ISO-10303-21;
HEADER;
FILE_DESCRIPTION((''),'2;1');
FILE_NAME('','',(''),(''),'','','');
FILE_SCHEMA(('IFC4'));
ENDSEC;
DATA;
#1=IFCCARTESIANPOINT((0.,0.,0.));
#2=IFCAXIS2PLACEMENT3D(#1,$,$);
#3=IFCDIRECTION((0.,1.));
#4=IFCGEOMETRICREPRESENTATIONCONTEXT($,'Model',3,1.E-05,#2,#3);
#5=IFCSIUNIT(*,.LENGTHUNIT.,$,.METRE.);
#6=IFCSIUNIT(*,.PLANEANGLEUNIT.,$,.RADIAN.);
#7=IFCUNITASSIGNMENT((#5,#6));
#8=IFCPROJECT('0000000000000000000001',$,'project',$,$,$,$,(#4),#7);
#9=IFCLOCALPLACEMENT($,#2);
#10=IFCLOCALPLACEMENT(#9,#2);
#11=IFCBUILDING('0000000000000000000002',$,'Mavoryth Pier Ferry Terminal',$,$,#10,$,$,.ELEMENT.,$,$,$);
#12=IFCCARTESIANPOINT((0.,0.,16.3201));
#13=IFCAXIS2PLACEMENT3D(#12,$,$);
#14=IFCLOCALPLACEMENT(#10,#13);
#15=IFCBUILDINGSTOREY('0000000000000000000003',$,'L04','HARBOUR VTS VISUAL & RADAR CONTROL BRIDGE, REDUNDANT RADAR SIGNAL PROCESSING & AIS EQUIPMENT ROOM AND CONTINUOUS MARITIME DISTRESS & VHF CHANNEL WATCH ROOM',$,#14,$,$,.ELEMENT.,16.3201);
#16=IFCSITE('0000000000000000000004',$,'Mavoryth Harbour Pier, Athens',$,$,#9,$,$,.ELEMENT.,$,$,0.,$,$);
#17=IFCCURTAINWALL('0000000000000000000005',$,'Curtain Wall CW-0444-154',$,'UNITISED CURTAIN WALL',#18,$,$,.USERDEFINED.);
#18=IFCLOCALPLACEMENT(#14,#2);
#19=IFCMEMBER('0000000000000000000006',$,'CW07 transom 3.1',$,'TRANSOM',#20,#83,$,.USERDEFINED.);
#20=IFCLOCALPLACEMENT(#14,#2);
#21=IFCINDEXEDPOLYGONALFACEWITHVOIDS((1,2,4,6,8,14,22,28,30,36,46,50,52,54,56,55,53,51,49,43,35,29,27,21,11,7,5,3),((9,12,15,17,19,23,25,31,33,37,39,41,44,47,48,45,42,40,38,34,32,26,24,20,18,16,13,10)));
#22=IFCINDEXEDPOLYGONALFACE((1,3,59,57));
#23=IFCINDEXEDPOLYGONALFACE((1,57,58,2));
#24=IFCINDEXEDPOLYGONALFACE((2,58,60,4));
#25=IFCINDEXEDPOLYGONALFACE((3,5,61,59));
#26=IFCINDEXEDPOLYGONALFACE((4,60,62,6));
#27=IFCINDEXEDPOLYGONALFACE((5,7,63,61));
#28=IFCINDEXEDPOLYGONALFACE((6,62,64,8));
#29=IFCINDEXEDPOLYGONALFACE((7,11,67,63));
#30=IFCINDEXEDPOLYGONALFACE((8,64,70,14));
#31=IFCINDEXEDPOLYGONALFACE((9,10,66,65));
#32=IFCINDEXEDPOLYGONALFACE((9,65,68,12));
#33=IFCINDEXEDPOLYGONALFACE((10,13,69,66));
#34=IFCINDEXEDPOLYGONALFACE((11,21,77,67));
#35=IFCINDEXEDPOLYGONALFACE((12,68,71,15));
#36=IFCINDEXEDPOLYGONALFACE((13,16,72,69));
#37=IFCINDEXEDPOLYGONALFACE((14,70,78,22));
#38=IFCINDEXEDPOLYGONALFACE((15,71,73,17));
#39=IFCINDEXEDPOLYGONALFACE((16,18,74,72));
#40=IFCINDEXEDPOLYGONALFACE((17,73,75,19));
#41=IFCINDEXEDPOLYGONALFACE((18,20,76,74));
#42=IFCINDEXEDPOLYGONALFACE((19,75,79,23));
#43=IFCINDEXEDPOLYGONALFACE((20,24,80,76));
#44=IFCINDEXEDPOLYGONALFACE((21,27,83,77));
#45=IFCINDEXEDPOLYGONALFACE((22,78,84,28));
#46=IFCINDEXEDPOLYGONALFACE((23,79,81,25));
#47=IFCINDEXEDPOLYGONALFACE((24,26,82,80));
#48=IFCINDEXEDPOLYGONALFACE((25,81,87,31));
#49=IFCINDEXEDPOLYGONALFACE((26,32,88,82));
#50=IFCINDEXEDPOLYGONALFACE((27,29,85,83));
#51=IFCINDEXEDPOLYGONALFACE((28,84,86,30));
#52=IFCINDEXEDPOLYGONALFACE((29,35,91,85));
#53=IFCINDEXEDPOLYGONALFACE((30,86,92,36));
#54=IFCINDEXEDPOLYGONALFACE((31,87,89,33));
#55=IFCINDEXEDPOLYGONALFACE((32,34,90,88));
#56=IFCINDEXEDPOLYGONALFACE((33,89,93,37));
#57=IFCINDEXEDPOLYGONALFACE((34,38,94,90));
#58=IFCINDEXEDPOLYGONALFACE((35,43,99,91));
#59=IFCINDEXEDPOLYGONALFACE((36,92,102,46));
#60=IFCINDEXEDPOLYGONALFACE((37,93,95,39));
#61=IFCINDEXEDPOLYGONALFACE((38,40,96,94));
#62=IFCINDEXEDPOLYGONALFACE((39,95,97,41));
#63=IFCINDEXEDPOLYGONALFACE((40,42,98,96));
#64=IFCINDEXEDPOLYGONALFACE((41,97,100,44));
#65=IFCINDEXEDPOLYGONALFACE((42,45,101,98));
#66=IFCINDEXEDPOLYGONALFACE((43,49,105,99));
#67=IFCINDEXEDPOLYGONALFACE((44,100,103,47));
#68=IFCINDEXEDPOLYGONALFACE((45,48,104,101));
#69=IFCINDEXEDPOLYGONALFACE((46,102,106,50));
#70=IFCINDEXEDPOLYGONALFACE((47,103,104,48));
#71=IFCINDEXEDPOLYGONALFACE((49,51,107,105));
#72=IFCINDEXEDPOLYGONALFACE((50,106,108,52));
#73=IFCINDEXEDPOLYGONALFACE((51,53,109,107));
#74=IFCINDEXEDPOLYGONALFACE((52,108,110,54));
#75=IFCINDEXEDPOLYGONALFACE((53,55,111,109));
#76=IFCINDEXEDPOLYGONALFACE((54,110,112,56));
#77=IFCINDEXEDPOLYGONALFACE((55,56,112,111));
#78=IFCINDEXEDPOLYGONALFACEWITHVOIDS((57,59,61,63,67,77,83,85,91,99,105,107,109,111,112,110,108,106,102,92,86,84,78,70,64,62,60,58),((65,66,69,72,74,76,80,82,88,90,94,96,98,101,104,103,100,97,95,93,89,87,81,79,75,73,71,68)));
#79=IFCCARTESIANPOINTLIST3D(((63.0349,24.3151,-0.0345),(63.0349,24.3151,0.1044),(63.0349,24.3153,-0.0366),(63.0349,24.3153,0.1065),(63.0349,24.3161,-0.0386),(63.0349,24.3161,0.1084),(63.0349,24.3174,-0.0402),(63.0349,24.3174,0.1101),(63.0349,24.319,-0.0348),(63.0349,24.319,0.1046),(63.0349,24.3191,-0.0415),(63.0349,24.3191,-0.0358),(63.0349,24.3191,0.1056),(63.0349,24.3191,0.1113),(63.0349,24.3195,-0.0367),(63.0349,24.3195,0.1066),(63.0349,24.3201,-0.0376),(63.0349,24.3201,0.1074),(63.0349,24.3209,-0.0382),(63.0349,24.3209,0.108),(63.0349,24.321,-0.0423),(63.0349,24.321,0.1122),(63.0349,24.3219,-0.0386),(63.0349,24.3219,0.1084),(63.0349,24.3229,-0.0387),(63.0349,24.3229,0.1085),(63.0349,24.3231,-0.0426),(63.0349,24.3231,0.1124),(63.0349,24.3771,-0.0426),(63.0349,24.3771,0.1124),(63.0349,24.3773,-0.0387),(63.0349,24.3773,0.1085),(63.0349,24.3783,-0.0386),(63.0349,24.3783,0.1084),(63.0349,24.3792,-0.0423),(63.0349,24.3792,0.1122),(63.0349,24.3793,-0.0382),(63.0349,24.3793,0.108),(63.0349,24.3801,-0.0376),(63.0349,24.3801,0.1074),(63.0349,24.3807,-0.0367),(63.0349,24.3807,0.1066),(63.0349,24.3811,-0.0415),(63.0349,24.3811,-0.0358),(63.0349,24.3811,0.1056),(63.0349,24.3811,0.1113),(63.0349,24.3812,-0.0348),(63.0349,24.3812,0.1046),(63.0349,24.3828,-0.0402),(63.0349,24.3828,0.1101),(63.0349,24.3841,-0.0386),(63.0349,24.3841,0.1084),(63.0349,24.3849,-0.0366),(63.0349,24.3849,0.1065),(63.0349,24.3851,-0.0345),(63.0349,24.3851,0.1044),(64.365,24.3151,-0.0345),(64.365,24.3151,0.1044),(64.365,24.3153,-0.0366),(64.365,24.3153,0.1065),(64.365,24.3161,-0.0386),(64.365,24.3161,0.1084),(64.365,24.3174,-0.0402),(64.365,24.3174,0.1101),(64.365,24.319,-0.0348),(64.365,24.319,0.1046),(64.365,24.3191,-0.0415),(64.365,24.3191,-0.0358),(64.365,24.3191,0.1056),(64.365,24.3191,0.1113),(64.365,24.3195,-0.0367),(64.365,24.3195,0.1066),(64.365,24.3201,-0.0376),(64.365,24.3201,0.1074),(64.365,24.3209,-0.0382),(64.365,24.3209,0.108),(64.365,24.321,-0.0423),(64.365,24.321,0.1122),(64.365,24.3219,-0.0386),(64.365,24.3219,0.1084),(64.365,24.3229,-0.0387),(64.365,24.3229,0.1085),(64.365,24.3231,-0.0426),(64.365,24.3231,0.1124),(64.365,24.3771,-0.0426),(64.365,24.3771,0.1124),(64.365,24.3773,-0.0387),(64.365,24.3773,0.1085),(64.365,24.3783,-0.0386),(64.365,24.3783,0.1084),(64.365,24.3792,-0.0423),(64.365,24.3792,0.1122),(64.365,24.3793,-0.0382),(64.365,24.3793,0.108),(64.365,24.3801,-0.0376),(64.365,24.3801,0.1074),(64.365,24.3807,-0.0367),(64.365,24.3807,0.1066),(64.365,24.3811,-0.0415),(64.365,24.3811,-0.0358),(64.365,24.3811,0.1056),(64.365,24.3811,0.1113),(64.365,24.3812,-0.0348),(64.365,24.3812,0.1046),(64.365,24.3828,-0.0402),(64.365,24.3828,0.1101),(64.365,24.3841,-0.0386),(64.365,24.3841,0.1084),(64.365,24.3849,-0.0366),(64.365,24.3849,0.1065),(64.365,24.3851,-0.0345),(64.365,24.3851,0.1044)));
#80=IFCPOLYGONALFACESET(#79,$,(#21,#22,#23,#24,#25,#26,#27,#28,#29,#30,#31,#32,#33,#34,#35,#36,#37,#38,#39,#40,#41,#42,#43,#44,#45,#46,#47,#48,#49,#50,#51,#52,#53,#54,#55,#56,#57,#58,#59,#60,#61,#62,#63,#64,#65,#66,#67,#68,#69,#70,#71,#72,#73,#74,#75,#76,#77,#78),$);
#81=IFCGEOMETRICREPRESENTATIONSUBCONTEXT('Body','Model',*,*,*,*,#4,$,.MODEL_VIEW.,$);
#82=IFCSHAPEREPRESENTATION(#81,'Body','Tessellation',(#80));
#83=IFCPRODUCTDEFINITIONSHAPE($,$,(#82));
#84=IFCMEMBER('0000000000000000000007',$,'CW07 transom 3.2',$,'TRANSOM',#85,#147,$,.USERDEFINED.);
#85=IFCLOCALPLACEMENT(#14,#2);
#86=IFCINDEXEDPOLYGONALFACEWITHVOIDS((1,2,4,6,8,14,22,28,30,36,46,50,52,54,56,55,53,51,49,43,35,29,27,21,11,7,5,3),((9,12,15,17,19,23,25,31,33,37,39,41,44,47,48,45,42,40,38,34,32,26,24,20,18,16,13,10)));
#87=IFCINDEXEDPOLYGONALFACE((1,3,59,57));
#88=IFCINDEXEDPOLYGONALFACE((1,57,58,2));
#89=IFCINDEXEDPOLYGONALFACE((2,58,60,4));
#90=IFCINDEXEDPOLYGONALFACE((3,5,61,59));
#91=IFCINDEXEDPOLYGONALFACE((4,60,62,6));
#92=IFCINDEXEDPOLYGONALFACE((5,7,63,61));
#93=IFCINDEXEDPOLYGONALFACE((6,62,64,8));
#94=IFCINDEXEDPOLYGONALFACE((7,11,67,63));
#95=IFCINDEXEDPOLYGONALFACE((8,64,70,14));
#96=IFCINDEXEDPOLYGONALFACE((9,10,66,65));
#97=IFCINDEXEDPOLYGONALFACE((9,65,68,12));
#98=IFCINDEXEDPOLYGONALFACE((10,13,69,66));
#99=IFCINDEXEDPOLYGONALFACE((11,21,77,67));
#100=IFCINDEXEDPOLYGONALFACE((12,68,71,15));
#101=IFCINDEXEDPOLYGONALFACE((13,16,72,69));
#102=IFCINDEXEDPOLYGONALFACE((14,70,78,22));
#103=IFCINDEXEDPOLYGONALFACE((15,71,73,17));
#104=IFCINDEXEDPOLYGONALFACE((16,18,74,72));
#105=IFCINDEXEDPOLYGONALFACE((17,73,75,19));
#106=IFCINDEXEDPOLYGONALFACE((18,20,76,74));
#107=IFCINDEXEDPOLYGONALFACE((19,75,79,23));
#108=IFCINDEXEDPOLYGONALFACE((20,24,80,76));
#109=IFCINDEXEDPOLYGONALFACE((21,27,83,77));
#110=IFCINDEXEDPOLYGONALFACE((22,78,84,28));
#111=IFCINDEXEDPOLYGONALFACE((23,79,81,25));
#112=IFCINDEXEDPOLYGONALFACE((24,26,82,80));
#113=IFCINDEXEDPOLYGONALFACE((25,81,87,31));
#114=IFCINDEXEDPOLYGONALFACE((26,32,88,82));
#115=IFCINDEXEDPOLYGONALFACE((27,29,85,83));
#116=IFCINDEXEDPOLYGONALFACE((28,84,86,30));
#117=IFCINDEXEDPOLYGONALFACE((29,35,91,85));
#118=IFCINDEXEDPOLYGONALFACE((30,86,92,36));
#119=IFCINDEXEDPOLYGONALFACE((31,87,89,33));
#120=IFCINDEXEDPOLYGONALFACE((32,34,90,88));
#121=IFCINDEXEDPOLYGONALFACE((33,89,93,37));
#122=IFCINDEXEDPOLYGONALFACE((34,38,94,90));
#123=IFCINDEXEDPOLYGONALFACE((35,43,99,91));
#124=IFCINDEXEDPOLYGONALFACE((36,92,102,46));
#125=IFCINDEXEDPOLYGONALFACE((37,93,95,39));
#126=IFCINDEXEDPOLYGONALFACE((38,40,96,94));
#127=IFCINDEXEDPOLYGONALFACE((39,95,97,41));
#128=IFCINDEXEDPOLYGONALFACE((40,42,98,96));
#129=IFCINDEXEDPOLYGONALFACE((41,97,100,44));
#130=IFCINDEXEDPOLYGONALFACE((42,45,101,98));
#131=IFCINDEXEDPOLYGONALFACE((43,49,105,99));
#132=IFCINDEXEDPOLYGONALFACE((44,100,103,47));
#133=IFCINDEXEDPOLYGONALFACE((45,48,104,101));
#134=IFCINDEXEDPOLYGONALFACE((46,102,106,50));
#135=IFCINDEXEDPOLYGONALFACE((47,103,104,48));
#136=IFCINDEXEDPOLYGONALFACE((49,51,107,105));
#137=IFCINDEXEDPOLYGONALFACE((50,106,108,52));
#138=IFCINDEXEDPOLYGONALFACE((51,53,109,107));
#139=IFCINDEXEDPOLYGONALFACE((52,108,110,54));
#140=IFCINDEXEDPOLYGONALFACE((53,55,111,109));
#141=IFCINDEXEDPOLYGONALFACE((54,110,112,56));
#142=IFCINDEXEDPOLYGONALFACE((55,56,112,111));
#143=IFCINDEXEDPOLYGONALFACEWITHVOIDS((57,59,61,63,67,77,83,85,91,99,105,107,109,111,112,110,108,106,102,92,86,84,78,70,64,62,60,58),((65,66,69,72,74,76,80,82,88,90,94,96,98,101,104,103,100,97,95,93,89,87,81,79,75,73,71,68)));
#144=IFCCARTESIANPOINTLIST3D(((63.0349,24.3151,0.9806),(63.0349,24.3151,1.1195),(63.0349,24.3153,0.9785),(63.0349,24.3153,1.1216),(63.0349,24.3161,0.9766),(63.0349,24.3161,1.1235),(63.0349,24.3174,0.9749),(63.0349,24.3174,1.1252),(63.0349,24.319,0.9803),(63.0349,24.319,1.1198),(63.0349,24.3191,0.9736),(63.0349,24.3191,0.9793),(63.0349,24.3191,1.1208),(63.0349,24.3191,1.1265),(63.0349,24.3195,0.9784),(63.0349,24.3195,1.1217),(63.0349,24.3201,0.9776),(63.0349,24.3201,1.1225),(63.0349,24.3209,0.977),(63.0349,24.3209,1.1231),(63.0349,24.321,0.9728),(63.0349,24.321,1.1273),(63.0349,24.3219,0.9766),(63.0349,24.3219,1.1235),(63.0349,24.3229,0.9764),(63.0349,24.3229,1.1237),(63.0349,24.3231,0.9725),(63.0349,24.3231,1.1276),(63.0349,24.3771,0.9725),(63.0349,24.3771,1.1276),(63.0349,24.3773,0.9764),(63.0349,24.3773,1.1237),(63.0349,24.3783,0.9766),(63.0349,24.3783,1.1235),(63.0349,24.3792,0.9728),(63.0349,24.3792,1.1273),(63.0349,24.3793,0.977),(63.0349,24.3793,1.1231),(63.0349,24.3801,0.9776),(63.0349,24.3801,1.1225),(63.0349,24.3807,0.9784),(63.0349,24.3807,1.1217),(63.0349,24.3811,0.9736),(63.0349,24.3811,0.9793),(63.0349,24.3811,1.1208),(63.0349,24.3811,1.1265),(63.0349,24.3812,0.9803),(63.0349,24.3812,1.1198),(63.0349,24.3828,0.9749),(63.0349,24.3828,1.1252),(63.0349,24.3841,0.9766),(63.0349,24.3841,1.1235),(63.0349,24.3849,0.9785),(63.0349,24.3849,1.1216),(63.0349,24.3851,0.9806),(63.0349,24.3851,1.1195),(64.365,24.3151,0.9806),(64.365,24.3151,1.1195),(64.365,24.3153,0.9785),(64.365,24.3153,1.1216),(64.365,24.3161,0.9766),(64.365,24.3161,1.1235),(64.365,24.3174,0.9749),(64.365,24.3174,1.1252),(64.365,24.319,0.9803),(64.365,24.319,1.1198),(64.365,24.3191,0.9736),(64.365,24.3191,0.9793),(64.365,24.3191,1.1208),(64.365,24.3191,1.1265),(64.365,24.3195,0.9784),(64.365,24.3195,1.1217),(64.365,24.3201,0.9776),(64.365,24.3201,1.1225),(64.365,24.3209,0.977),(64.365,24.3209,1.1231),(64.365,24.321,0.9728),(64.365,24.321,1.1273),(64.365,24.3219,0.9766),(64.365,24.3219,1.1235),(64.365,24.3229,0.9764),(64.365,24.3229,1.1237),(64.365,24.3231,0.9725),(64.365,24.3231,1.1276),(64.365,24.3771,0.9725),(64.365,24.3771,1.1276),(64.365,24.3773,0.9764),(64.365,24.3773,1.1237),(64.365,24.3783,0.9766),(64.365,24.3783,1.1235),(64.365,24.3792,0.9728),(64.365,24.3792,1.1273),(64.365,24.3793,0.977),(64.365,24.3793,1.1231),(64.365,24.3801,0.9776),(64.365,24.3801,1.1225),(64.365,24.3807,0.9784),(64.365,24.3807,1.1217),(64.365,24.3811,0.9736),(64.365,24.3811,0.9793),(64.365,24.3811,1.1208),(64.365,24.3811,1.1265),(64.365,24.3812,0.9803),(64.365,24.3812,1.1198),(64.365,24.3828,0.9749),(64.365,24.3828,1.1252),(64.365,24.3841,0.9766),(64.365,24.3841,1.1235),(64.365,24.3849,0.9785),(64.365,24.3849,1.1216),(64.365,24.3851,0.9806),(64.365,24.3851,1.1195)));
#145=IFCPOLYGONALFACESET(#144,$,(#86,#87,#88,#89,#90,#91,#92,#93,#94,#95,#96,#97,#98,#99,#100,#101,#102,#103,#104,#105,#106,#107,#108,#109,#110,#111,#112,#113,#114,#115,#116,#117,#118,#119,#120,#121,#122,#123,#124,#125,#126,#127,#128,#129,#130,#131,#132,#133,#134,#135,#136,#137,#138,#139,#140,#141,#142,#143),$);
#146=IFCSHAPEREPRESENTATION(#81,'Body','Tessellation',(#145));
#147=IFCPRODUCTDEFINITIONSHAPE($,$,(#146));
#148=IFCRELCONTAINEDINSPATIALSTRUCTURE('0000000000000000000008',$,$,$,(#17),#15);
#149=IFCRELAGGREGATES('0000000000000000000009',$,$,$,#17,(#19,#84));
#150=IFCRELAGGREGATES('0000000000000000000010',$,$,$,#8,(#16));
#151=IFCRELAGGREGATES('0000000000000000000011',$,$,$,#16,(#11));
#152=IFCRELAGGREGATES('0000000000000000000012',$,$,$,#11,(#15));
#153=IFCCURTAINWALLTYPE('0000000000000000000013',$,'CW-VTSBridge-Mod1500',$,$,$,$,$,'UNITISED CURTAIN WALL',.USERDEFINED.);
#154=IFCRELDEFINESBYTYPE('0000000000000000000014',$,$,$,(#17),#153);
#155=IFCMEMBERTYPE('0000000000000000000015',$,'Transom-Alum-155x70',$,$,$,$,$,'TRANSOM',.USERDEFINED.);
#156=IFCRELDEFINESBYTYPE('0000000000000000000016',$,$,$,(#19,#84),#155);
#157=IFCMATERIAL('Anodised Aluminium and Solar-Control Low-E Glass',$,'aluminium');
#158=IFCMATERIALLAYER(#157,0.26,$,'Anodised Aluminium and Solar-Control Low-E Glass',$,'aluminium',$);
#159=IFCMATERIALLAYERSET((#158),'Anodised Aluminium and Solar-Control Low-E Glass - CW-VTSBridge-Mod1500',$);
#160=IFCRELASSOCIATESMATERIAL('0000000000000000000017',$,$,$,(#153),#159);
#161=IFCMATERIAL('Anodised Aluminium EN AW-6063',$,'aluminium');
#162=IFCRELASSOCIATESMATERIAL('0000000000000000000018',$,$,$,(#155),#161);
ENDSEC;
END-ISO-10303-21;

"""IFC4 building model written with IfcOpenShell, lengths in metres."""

from ifc_helpers import new_model, si_unit, direction, frame, origin, origin_2d, place, context, subcontext, project, spatial, hollow_rectangle, extrude, material, layer, layer_set, material_profile, profile_set, type_object, element, aggregate, save


model = new_model("IFC4")

# Units and contexts
model_context = context("Model", 3, precision=1e-05, world=origin(), true_north=direction((0.0, 1.0)))
body_context = subcontext(model_context, "Body", "Model", "MODEL_VIEW")
ifc_project = project(units=[si_unit("LENGTHUNIT", "METRE"), si_unit("PLANEANGLEUNIT", "RADIAN")], contexts=[model_context])

# Site, building, storey
site_placement = place(None, origin())
site = spatial("IfcSite", under=ifc_project, at=site_placement, Name="Mavoryth Harbour Pier, Athens", CompositionType="ELEMENT", RefElevation=0.0)
building_placement = place(site_placement, origin())
building = spatial("IfcBuilding", under=site, at=building_placement, Name="Mavoryth Pier Ferry Terminal", CompositionType="ELEMENT")
storey_placement = place(building_placement, frame((0.0, 0.0, 16.3201)))
storey = spatial("IfcBuildingStorey", under=building, at=storey_placement, Name="L04", Description="HARBOUR VTS VISUAL & RADAR CONTROL BRIDGE, REDUNDANT RADAR SIGNAL PROCESSING & AIS EQUIPMENT ROOM AND CONTINUOUS MARITIME DISTRESS & VHF CHANNEL WATCH ROOM", CompositionType="ELEMENT", Elevation=16.3201)

# Curtain wall, members
ifc_material_1 = material(Name="Anodised Aluminium and Solar-Control Low-E Glass", Category="aluminium")
ifc_layer_1 = layer(ifc_material_1, 0.26, Name="Anodised Aluminium and Solar-Control Low-E Glass", Category="aluminium")
ifc_layer_set_1 = layer_set([ifc_layer_1], Name="Anodised Aluminium and Solar-Control Low-E Glass - CW-VTSBridge-Mod1500")
curtain_wall_type = type_object("IfcCurtainWallType", Name="CW-VTSBridge-Mod1500", ElementType="UNITISED CURTAIN WALL", PredefinedType="USERDEFINED", material=ifc_layer_set_1)
curtain_wall_placement = place(storey_placement, origin())
curtain_wall = element("IfcCurtainWall", 1, at=curtain_wall_placement, inside=storey, type_object=curtain_wall_type, Name="Curtain Wall CW-0444-154", ObjectType="UNITISED CURTAIN WALL", PredefinedType="USERDEFINED")
ifc_material_2 = material(Name="Anodised Aluminium EN AW-6063", Category="aluminium")
ifc_material_profile_1 = material_profile(ifc_material_2, hollow_rectangle(XDim=0.0701, YDim=0.155, WallThickness=0.0039, InnerFilletRadius=0.0039, OuterFilletRadius=0.0081, at=origin_2d()), Name="AL-TRAN 155x70x4", Category="aluminium")
ifc_profile_set_1 = profile_set([ifc_material_profile_1], Name="Anodised Aluminium EN AW-6063 - AL-TRAN 155x70x4")
member_type_1 = type_object("IfcMemberType", Name="Transom-Alum-155x70", ElementType="TRANSOM", PredefinedType="USERDEFINED", material=ifc_profile_set_1)
member_1_placement = place(storey_placement, frame((64.365, 24.3501, 0.0349), z_axis=(-1.0, 0.0, 0.0), x_axis=(0.0, -1.0, 0.0)))
member_1 = element("IfcMember", 2, at=member_1_placement, type_object=member_type_1, Name="CW07 transom 3.1", ObjectType="TRANSOM", PredefinedType="USERDEFINED", context=body_context, shape_type="SweptSolid", body=[
    extrude(hollow_rectangle(XDim=0.0701, YDim=0.155, WallThickness=0.0039, InnerFilletRadius=0.0039, OuterFilletRadius=0.0081, at=origin_2d()), origin(), (0.0, 0.0, 1.0), 1.3301),
])
member_2_placement = place(storey_placement, frame((64.365, 24.3501, 1.05), z_axis=(-1.0, 0.0, 0.0), x_axis=(0.0, -1.0, 0.0)))
member_2 = element("IfcMember", 3, at=member_2_placement, type_object=member_type_1, Name="CW07 transom 3.2", ObjectType="TRANSOM", PredefinedType="USERDEFINED", context=body_context, shape_type="SweptSolid", body=[
    extrude(hollow_rectangle(XDim=0.0701, YDim=0.155, WallThickness=0.0039, InnerFilletRadius=0.0039, OuterFilletRadius=0.0081, at=origin_2d()), origin(), (0.0, 0.0, 1.0), 1.3301),
])
aggregate(curtain_wall, [member_1, member_2])

save(model, "model.ifc")
